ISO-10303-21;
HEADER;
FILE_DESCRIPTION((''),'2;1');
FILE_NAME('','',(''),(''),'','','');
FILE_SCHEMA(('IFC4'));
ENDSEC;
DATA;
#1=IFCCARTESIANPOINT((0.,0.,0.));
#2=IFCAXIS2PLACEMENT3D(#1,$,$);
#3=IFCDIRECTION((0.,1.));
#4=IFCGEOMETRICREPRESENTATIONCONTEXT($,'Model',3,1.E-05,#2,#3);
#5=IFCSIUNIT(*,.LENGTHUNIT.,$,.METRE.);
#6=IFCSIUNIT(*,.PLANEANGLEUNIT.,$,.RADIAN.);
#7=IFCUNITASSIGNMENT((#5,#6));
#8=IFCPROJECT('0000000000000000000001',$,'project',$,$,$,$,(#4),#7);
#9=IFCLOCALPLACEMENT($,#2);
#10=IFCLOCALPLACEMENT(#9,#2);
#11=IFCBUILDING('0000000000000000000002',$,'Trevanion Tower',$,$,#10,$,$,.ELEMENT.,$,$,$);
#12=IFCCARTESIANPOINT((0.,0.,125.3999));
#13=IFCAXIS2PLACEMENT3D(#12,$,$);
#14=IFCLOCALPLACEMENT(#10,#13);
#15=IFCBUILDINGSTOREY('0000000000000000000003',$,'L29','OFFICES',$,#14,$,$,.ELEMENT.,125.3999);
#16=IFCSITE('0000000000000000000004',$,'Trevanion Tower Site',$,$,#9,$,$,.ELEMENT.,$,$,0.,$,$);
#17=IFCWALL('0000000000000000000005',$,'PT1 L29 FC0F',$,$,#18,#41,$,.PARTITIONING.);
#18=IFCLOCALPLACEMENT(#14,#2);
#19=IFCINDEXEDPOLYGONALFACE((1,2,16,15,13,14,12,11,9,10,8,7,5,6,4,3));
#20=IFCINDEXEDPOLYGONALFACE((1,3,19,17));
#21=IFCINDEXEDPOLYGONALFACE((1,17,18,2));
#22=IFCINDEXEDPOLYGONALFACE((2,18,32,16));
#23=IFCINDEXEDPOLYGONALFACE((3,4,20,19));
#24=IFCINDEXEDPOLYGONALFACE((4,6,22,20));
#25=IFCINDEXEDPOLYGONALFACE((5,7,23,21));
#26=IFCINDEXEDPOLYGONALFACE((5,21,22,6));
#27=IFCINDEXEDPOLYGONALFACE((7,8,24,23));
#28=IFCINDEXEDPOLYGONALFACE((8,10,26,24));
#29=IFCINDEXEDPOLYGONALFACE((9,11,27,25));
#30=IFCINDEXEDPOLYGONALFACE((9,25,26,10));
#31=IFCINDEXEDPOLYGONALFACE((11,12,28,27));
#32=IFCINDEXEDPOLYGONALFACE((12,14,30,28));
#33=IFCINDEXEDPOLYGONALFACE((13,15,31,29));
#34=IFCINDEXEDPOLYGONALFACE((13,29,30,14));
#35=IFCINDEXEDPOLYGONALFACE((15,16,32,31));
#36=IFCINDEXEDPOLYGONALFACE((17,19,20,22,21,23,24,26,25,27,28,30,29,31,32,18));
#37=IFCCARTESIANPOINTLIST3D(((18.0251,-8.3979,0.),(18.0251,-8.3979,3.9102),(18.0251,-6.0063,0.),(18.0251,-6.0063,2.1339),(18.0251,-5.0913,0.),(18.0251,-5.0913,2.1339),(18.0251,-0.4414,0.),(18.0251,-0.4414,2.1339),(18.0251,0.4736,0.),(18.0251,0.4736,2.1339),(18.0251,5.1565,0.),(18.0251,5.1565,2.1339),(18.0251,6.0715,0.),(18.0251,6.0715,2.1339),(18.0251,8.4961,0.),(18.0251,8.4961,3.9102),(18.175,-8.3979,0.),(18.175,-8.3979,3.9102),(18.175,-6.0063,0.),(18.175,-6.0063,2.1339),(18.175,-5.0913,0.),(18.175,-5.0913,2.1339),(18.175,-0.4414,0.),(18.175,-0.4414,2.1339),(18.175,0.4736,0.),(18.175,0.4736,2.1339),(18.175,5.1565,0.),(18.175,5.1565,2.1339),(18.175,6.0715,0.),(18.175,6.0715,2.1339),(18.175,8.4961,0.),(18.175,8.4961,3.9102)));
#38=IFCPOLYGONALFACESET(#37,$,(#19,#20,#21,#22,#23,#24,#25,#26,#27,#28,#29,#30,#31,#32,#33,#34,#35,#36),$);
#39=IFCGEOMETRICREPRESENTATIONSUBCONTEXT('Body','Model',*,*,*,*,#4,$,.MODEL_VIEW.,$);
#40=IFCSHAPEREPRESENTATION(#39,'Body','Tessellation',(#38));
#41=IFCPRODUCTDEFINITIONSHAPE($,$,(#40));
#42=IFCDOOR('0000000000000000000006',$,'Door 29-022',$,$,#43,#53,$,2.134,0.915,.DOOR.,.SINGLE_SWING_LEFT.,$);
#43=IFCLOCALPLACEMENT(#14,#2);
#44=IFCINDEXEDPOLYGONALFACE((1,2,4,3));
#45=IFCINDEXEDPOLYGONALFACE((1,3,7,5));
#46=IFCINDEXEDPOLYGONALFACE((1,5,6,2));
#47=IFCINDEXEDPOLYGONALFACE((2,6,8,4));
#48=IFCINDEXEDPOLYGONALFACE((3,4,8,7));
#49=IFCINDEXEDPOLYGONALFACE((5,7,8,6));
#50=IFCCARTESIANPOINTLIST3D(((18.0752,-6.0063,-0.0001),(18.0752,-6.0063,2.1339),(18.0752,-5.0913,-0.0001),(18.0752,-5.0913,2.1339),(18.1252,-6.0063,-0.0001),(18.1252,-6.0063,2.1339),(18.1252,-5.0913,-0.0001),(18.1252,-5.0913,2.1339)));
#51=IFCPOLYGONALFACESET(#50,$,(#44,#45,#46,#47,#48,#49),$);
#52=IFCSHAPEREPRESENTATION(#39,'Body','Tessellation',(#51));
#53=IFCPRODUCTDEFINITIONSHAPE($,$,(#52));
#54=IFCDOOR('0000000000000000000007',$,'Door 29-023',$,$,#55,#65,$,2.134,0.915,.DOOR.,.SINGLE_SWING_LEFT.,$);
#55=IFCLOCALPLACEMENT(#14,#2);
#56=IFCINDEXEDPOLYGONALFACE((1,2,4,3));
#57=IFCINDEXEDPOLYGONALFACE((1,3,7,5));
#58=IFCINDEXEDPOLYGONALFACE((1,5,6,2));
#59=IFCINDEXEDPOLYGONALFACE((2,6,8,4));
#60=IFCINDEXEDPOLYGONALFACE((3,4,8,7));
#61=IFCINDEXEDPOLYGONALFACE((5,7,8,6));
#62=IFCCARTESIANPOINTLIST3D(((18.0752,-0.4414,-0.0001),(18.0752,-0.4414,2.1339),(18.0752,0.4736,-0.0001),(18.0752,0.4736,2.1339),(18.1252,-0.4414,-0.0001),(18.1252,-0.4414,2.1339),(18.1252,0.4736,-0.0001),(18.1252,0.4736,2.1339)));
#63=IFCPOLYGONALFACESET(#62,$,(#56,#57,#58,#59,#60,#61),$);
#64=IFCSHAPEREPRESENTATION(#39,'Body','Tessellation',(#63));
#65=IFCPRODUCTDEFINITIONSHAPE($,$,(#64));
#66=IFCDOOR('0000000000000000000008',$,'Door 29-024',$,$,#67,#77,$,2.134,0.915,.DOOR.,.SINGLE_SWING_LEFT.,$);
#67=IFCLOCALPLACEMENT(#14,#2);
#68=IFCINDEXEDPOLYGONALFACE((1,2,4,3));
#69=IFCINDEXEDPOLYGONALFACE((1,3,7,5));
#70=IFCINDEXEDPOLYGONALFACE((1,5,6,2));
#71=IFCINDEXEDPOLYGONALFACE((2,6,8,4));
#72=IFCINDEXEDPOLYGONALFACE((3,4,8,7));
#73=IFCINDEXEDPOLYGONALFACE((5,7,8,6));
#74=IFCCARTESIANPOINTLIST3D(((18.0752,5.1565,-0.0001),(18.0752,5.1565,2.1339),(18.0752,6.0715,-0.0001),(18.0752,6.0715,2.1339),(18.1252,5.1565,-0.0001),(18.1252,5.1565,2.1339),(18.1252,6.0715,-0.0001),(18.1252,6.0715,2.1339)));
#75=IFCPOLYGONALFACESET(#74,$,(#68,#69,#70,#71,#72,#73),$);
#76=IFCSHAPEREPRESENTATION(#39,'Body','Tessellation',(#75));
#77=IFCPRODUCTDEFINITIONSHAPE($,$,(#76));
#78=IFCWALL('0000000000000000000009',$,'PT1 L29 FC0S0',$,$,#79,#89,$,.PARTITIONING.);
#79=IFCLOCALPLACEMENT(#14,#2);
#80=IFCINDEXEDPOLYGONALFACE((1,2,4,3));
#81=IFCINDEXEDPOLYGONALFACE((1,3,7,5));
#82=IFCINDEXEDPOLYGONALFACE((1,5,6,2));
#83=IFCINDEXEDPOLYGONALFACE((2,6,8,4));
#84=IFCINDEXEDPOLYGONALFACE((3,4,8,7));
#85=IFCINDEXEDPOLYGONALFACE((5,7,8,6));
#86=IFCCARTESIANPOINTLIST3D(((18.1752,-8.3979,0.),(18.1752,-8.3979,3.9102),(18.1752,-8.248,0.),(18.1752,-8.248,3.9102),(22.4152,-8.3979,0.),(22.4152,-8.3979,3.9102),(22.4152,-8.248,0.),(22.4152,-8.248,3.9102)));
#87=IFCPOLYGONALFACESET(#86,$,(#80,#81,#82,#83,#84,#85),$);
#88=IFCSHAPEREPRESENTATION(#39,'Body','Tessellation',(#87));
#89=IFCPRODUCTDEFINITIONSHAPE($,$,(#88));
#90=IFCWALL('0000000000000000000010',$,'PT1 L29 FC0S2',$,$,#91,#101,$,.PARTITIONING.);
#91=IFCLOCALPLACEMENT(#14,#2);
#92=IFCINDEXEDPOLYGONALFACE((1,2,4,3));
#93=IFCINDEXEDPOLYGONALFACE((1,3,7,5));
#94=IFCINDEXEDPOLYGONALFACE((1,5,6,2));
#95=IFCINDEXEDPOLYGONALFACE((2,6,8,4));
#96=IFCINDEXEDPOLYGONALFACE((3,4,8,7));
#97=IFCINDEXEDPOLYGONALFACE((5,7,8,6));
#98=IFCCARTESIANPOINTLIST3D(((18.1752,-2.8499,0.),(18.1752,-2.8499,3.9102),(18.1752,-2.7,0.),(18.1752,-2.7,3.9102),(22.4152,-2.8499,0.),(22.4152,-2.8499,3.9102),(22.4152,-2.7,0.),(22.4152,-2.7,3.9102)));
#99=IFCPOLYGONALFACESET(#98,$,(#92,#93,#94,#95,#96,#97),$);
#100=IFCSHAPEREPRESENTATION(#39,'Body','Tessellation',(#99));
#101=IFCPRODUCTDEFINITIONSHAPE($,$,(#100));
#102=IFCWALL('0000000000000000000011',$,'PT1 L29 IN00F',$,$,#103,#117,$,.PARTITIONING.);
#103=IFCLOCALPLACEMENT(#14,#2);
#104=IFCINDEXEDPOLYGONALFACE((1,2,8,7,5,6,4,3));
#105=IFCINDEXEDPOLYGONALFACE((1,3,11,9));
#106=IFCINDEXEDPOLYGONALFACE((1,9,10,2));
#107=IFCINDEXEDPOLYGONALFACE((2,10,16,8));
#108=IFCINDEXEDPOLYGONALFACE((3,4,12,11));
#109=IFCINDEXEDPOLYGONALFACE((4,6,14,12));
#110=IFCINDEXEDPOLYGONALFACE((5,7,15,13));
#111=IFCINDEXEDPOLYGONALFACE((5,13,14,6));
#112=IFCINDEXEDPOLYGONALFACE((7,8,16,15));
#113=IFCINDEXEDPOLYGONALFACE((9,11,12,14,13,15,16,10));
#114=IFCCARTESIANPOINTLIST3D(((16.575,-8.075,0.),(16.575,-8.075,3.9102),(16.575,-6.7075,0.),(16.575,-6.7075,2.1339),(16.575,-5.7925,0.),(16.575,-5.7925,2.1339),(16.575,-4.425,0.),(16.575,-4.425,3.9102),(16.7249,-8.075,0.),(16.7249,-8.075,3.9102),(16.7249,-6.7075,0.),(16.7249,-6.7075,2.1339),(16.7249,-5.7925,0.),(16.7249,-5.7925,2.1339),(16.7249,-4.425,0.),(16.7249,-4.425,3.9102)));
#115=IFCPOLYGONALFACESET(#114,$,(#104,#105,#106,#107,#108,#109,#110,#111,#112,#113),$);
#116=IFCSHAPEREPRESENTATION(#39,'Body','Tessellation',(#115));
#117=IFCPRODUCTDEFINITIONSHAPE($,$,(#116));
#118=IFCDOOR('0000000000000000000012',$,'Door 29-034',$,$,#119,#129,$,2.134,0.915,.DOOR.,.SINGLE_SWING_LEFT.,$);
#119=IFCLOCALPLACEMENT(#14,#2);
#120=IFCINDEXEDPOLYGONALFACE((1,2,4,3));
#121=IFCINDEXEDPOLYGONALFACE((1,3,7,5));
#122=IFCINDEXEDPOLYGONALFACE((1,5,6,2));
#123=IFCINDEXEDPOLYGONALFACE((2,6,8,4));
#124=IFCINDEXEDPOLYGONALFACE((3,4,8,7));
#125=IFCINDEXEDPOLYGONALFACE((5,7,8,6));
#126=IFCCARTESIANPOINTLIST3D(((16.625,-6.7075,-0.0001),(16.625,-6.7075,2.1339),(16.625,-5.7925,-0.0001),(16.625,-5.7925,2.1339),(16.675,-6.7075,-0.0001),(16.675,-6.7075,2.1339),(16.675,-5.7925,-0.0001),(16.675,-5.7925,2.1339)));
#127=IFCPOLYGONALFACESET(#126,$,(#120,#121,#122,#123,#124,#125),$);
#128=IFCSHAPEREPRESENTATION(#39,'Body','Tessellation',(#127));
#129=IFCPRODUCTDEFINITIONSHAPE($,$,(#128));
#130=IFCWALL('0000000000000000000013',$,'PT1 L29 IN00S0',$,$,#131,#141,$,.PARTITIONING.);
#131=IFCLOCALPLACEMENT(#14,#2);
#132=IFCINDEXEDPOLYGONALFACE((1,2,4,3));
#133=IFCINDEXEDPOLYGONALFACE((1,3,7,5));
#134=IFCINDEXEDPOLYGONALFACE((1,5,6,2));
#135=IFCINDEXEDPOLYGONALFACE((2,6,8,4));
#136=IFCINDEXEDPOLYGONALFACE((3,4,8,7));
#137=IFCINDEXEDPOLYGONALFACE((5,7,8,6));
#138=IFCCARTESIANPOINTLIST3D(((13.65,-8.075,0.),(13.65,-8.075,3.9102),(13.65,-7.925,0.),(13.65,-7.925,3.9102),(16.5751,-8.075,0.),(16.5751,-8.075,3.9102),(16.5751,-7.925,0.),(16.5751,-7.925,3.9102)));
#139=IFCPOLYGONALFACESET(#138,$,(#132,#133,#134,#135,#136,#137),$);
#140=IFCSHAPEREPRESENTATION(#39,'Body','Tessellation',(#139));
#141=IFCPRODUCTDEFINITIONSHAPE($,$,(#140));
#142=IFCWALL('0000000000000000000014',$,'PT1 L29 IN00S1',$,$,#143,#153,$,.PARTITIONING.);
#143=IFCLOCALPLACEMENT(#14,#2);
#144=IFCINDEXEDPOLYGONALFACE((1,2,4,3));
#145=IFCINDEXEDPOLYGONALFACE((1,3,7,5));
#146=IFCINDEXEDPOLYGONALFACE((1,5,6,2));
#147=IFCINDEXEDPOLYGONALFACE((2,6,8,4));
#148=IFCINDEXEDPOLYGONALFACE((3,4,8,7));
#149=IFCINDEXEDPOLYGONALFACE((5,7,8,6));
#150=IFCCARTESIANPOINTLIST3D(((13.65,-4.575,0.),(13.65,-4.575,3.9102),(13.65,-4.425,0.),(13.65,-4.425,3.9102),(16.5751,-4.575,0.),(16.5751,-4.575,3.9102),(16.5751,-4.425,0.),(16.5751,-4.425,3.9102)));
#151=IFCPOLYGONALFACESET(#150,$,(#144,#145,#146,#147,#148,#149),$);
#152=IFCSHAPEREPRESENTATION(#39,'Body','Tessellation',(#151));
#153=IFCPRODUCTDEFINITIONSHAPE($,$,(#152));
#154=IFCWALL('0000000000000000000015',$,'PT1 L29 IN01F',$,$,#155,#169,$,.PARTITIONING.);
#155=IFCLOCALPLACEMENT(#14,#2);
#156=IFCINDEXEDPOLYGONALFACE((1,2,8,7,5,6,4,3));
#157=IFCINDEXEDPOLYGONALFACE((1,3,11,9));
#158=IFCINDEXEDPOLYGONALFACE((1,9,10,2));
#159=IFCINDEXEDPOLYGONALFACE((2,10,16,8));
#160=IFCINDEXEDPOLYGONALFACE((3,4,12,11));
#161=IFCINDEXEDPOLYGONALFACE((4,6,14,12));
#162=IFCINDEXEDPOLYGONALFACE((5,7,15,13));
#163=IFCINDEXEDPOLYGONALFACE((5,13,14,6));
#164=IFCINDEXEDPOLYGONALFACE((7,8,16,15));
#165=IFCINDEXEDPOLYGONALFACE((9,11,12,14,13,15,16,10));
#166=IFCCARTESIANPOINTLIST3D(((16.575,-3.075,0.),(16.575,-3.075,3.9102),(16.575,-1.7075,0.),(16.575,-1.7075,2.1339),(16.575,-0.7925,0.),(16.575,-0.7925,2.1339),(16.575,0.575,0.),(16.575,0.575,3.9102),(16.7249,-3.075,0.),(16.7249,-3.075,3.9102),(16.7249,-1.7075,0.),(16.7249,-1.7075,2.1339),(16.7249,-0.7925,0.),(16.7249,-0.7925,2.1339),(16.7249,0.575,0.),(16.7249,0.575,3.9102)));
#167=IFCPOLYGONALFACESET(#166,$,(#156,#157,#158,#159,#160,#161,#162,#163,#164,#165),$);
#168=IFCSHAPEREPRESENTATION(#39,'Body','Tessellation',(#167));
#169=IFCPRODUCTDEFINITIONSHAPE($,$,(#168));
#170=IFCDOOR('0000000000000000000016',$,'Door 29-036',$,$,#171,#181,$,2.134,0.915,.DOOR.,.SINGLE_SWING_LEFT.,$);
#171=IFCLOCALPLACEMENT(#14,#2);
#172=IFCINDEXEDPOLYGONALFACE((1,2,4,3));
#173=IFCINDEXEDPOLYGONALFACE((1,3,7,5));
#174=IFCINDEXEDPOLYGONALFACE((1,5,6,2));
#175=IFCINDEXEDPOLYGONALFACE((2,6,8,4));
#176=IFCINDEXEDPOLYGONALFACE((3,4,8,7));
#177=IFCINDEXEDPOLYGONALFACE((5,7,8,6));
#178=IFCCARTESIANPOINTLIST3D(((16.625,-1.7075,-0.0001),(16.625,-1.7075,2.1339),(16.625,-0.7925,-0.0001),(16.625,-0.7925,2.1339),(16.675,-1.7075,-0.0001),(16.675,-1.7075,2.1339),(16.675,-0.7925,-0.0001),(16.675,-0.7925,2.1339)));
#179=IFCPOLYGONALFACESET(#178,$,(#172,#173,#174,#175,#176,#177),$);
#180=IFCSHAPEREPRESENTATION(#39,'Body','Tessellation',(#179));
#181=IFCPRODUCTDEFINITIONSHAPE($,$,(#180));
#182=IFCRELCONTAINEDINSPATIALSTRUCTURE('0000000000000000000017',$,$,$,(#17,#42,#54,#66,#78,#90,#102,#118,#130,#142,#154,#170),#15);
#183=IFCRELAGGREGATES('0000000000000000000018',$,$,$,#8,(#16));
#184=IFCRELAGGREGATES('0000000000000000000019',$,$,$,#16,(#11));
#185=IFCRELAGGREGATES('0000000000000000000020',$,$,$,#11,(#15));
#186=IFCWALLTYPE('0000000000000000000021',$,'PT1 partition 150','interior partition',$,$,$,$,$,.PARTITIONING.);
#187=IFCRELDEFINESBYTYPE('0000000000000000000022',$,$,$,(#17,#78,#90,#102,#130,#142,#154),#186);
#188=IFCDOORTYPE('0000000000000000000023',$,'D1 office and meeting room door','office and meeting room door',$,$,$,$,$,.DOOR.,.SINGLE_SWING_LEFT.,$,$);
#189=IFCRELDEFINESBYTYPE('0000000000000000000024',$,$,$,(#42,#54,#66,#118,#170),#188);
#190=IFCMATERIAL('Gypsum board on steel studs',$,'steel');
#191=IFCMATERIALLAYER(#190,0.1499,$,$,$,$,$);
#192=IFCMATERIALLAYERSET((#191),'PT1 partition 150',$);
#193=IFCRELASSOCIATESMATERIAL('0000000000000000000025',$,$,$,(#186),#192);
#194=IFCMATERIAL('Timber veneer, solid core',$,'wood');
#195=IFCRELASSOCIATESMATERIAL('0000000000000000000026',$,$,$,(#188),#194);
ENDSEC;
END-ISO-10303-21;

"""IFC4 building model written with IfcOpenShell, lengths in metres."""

from ifc_helpers import new_model, si_unit, direction, frame, frame_2d, origin, place, context, subcontext, project, spatial, rectangle, extrude, material, layer, layer_set, type_object, element, fill, save


model = new_model("IFC4")

# Units and contexts
model_context = context("Model", 3, precision=1e-05, world=origin(), true_north=direction((0.0, 1.0)))
body_context = subcontext(model_context, "Body", "Model", "MODEL_VIEW")
ifc_project = project(units=[si_unit("LENGTHUNIT", "METRE"), si_unit("PLANEANGLEUNIT", "RADIAN")], contexts=[model_context])

# Site, building, storey
site_placement = place(None, origin())
site = spatial("IfcSite", under=ifc_project, at=site_placement, Name="Trevanion Tower Site", CompositionType="ELEMENT", RefElevation=0.0)
building_placement = place(site_placement, origin())
building = spatial("IfcBuilding", under=site, at=building_placement, Name="Trevanion Tower", CompositionType="ELEMENT")
storey_placement = place(building_placement, frame((0.0, 0.0, 125.3999)))
storey = spatial("IfcBuildingStorey", under=building, at=storey_placement, Name="L29", Description="OFFICES", CompositionType="ELEMENT", Elevation=125.3999)

# Wall, openings, doors
ifc_material_1 = material(Name="Gypsum board on steel studs", Category="steel")
ifc_layer_1 = layer(ifc_material_1, 0.1499)
ifc_layer_set_1 = layer_set([ifc_layer_1], Name="PT1 partition 150")
wall_type = type_object("IfcWallType", Name="PT1 partition 150", Description="interior partition", PredefinedType="PARTITIONING", material=ifc_layer_set_1)
wall_1_placement = place(storey_placement, frame((18.1001, -8.3979, 0.0), z_axis=(0.0, 0.0, 1.0), x_axis=(0.0, 1.0, 0.0)))
wall_1 = element("IfcWall", 1, at=wall_1_placement, inside=storey, type_object=wall_type, Name="PT1 L29 FC0F", PredefinedType="PARTITIONING", context=body_context, shape_type="SweptSolid", body=[
    extrude(rectangle(XDim=16.894, YDim=0.1499, at=frame_2d((8.447, 0.0))), origin(), (0.0, 0.0, 1.0), 3.9102),
])
opening_1_placement = place(wall_1_placement, frame((2.3916, 0.0, 0.0)))
opening_1 = element("IfcOpeningElement", 2, at=opening_1_placement, cuts=wall_1, PredefinedType="OPENING", context=body_context, shape_type="SweptSolid", body=[
    extrude(rectangle(XDim=0.915, YDim=2.134, at=frame_2d((0.4575, 1.0669))), frame((0.0, 0.085, 0.0), z_axis=(0.0, -1.0, 0.0), x_axis=(1.0, 0.0, 0.0)), (0.0, 0.0, 1.0), 0.1699),
])
opening_2_placement = place(wall_1_placement, frame((7.9565, 0.0, 0.0)))
opening_2 = element("IfcOpeningElement", 3, at=opening_2_placement, cuts=wall_1, PredefinedType="OPENING", context=body_context, shape_type="SweptSolid", body=[
    extrude(rectangle(XDim=0.915, YDim=2.134, at=frame_2d((0.4575, 1.0669))), frame((0.0, 0.085, 0.0), z_axis=(0.0, -1.0, 0.0), x_axis=(1.0, 0.0, 0.0)), (0.0, 0.0, 1.0), 0.1699),
])
opening_3_placement = place(wall_1_placement, frame((13.5544, 0.0, 0.0)))
opening_3 = element("IfcOpeningElement", 4, at=opening_3_placement, cuts=wall_1, PredefinedType="OPENING", context=body_context, shape_type="SweptSolid", body=[
    extrude(rectangle(XDim=0.915, YDim=2.134, at=frame_2d((0.4575, 1.0669))), frame((0.0, 0.085, 0.0), z_axis=(0.0, -1.0, 0.0), x_axis=(1.0, 0.0, 0.0)), (0.0, 0.0, 1.0), 0.1699),
])
ifc_material_2 = material(Name="Timber veneer, solid core", Category="wood")
door_type = type_object("IfcDoorType", Name="D1 office and meeting room door", Description="office and meeting room door", OperationType="SINGLE_SWING_LEFT", PredefinedType="DOOR", material=ifc_material_2)
door_1_placement = place(opening_1_placement, origin())
door_1 = element("IfcDoor", 5, at=door_1_placement, inside=storey, type_object=door_type, Name="Door 29-022", OperationType="SINGLE_SWING_LEFT", OverallHeight=2.134, OverallWidth=0.915, PredefinedType="DOOR", context=body_context, shape_type="SweptSolid", body=[
    extrude(rectangle(XDim=0.915, YDim=2.134, at=frame_2d((0.4575, 1.0669))), frame((0.0, 0.0249, 0.0), z_axis=(0.0, -1.0, 0.0), x_axis=(1.0, 0.0, 0.0)), (0.0, 0.0, 1.0), 0.05),
])
fill(opening_1, door_1)
door_2_placement = place(opening_2_placement, origin())
door_2 = element("IfcDoor", 6, at=door_2_placement, inside=storey, type_object=door_type, Name="Door 29-023", OperationType="SINGLE_SWING_LEFT", OverallHeight=2.134, OverallWidth=0.915, PredefinedType="DOOR", context=body_context, shape_type="SweptSolid", body=[
    extrude(rectangle(XDim=0.915, YDim=2.134, at=frame_2d((0.4575, 1.0669))), frame((0.0, 0.0249, 0.0), z_axis=(0.0, -1.0, 0.0), x_axis=(1.0, 0.0, 0.0)), (0.0, 0.0, 1.0), 0.05),
])
fill(opening_2, door_2)
door_3_placement = place(opening_3_placement, origin())
door_3 = element("IfcDoor", 7, at=door_3_placement, inside=storey, type_object=door_type, Name="Door 29-024", OperationType="SINGLE_SWING_LEFT", OverallHeight=2.134, OverallWidth=0.915, PredefinedType="DOOR", context=body_context, shape_type="SweptSolid", body=[
    extrude(rectangle(XDim=0.915, YDim=2.134, at=frame_2d((0.4575, 1.0669))), frame((0.0, 0.0249, 0.0), z_axis=(0.0, -1.0, 0.0), x_axis=(1.0, 0.0, 0.0)), (0.0, 0.0, 1.0), 0.05),
])
fill(opening_3, door_3)

# Walls
for number, where, z_axis, x_axis, name in (
    (8, (18.175, -8.323, 0.0), (0.0, 0.0, 1.0), (1.0, 0.0, 0.0), "PT1 L29 FC0S0"),
    (9, (18.175, -2.7749, 0.0), (0.0, 0.0, 1.0), (1.0, 0.0, 0.0), "PT1 L29 FC0S2"),
):
    element("IfcWall", number, at=place(storey_placement, frame(where, z_axis=z_axis, x_axis=x_axis)), inside=storey, type_object=wall_type, Name=name, PredefinedType="PARTITIONING", context=body_context, shape_type="SweptSolid", body=[
        extrude(rectangle(XDim=4.24, YDim=0.1499, at=frame_2d((2.1201, 0.0))), origin(), (0.0, 0.0, 1.0), 3.9102),
    ])

# Wall, opening, door
wall_2_placement = place(storey_placement, frame((16.6499, -8.075, 0.0), z_axis=(0.0, 0.0, 1.0), x_axis=(0.0, 1.0, 0.0)))
wall_2 = element("IfcWall", 10, at=wall_2_placement, inside=storey, type_object=wall_type, Name="PT1 L29 IN00F", PredefinedType="PARTITIONING", context=body_context, shape_type="SweptSolid", body=[
    extrude(rectangle(XDim=3.6499, YDim=0.1499, at=frame_2d((1.825, 0.0))), origin(), (0.0, 0.0, 1.0), 3.9102),
])
opening_4_placement = place(wall_2_placement, frame((1.3674, 0.0, 0.0)))
opening_4 = element("IfcOpeningElement", 11, at=opening_4_placement, cuts=wall_2, PredefinedType="OPENING", context=body_context, shape_type="SweptSolid", body=[
    extrude(rectangle(XDim=0.915, YDim=2.134, at=frame_2d((0.4575, 1.0669))), frame((0.0, 0.085, 0.0), z_axis=(0.0, -1.0, 0.0), x_axis=(1.0, 0.0, 0.0)), (0.0, 0.0, 1.0), 0.1699),
])
door_4_placement = place(opening_4_placement, origin())
door_4 = element("IfcDoor", 12, at=door_4_placement, inside=storey, type_object=door_type, Name="Door 29-034", OperationType="SINGLE_SWING_LEFT", OverallHeight=2.134, OverallWidth=0.915, PredefinedType="DOOR", context=body_context, shape_type="SweptSolid", body=[
    extrude(rectangle(XDim=0.915, YDim=2.134, at=frame_2d((0.4575, 1.0669))), frame((0.0, 0.0249, 0.0), z_axis=(0.0, -1.0, 0.0), x_axis=(1.0, 0.0, 0.0)), (0.0, 0.0, 1.0), 0.05),
])
fill(opening_4, door_4)

# Walls
for number, where, z_axis, x_axis, name in (
    (13, (16.575, -8.0, 0.0), (0.0, 0.0, 1.0), (-1.0, 0.0, 0.0), "PT1 L29 IN00S0"),
    (14, (16.575, -4.5, 0.0), (0.0, 0.0, 1.0), (-1.0, 0.0, 0.0), "PT1 L29 IN00S1"),
):
    element("IfcWall", number, at=place(storey_placement, frame(where, z_axis=z_axis, x_axis=x_axis)), inside=storey, type_object=wall_type, Name=name, PredefinedType="PARTITIONING", context=body_context, shape_type="SweptSolid", body=[
        extrude(rectangle(XDim=2.925, YDim=0.1499, at=frame_2d((1.4624, 0.0))), origin(), (0.0, 0.0, 1.0), 3.9102),
    ])

# Wall, opening, door
wall_3_placement = place(storey_placement, frame((16.6499, -3.075, 0.0), z_axis=(0.0, 0.0, 1.0), x_axis=(0.0, 1.0, 0.0)))
wall_3 = element("IfcWall", 15, at=wall_3_placement, inside=storey, type_object=wall_type, Name="PT1 L29 IN01F", PredefinedType="PARTITIONING", context=body_context, shape_type="SweptSolid", body=[
    extrude(rectangle(XDim=3.6499, YDim=0.1499, at=frame_2d((1.825, 0.0))), origin(), (0.0, 0.0, 1.0), 3.9102),
])
opening_5_placement = place(wall_3_placement, frame((1.3674, 0.0, 0.0)))
opening_5 = element("IfcOpeningElement", 16, at=opening_5_placement, cuts=wall_3, PredefinedType="OPENING", context=body_context, shape_type="SweptSolid", body=[
    extrude(rectangle(XDim=0.915, YDim=2.134, at=frame_2d((0.4575, 1.0669))), frame((0.0, 0.085, 0.0), z_axis=(0.0, -1.0, 0.0), x_axis=(1.0, 0.0, 0.0)), (0.0, 0.0, 1.0), 0.1699),
])
door_5_placement = place(opening_5_placement, origin())
door_5 = element("IfcDoor", 17, at=door_5_placement, inside=storey, type_object=door_type, Name="Door 29-036", OperationType="SINGLE_SWING_LEFT", OverallHeight=2.134, OverallWidth=0.915, PredefinedType="DOOR", context=body_context, shape_type="SweptSolid", body=[
    extrude(rectangle(XDim=0.915, YDim=2.134, at=frame_2d((0.4575, 1.0669))), frame((0.0, 0.0249, 0.0), z_axis=(0.0, -1.0, 0.0), x_axis=(1.0, 0.0, 0.0)), (0.0, 0.0, 1.0), 0.05),
])
fill(opening_5, door_5)

save(model, "model.ifc")
